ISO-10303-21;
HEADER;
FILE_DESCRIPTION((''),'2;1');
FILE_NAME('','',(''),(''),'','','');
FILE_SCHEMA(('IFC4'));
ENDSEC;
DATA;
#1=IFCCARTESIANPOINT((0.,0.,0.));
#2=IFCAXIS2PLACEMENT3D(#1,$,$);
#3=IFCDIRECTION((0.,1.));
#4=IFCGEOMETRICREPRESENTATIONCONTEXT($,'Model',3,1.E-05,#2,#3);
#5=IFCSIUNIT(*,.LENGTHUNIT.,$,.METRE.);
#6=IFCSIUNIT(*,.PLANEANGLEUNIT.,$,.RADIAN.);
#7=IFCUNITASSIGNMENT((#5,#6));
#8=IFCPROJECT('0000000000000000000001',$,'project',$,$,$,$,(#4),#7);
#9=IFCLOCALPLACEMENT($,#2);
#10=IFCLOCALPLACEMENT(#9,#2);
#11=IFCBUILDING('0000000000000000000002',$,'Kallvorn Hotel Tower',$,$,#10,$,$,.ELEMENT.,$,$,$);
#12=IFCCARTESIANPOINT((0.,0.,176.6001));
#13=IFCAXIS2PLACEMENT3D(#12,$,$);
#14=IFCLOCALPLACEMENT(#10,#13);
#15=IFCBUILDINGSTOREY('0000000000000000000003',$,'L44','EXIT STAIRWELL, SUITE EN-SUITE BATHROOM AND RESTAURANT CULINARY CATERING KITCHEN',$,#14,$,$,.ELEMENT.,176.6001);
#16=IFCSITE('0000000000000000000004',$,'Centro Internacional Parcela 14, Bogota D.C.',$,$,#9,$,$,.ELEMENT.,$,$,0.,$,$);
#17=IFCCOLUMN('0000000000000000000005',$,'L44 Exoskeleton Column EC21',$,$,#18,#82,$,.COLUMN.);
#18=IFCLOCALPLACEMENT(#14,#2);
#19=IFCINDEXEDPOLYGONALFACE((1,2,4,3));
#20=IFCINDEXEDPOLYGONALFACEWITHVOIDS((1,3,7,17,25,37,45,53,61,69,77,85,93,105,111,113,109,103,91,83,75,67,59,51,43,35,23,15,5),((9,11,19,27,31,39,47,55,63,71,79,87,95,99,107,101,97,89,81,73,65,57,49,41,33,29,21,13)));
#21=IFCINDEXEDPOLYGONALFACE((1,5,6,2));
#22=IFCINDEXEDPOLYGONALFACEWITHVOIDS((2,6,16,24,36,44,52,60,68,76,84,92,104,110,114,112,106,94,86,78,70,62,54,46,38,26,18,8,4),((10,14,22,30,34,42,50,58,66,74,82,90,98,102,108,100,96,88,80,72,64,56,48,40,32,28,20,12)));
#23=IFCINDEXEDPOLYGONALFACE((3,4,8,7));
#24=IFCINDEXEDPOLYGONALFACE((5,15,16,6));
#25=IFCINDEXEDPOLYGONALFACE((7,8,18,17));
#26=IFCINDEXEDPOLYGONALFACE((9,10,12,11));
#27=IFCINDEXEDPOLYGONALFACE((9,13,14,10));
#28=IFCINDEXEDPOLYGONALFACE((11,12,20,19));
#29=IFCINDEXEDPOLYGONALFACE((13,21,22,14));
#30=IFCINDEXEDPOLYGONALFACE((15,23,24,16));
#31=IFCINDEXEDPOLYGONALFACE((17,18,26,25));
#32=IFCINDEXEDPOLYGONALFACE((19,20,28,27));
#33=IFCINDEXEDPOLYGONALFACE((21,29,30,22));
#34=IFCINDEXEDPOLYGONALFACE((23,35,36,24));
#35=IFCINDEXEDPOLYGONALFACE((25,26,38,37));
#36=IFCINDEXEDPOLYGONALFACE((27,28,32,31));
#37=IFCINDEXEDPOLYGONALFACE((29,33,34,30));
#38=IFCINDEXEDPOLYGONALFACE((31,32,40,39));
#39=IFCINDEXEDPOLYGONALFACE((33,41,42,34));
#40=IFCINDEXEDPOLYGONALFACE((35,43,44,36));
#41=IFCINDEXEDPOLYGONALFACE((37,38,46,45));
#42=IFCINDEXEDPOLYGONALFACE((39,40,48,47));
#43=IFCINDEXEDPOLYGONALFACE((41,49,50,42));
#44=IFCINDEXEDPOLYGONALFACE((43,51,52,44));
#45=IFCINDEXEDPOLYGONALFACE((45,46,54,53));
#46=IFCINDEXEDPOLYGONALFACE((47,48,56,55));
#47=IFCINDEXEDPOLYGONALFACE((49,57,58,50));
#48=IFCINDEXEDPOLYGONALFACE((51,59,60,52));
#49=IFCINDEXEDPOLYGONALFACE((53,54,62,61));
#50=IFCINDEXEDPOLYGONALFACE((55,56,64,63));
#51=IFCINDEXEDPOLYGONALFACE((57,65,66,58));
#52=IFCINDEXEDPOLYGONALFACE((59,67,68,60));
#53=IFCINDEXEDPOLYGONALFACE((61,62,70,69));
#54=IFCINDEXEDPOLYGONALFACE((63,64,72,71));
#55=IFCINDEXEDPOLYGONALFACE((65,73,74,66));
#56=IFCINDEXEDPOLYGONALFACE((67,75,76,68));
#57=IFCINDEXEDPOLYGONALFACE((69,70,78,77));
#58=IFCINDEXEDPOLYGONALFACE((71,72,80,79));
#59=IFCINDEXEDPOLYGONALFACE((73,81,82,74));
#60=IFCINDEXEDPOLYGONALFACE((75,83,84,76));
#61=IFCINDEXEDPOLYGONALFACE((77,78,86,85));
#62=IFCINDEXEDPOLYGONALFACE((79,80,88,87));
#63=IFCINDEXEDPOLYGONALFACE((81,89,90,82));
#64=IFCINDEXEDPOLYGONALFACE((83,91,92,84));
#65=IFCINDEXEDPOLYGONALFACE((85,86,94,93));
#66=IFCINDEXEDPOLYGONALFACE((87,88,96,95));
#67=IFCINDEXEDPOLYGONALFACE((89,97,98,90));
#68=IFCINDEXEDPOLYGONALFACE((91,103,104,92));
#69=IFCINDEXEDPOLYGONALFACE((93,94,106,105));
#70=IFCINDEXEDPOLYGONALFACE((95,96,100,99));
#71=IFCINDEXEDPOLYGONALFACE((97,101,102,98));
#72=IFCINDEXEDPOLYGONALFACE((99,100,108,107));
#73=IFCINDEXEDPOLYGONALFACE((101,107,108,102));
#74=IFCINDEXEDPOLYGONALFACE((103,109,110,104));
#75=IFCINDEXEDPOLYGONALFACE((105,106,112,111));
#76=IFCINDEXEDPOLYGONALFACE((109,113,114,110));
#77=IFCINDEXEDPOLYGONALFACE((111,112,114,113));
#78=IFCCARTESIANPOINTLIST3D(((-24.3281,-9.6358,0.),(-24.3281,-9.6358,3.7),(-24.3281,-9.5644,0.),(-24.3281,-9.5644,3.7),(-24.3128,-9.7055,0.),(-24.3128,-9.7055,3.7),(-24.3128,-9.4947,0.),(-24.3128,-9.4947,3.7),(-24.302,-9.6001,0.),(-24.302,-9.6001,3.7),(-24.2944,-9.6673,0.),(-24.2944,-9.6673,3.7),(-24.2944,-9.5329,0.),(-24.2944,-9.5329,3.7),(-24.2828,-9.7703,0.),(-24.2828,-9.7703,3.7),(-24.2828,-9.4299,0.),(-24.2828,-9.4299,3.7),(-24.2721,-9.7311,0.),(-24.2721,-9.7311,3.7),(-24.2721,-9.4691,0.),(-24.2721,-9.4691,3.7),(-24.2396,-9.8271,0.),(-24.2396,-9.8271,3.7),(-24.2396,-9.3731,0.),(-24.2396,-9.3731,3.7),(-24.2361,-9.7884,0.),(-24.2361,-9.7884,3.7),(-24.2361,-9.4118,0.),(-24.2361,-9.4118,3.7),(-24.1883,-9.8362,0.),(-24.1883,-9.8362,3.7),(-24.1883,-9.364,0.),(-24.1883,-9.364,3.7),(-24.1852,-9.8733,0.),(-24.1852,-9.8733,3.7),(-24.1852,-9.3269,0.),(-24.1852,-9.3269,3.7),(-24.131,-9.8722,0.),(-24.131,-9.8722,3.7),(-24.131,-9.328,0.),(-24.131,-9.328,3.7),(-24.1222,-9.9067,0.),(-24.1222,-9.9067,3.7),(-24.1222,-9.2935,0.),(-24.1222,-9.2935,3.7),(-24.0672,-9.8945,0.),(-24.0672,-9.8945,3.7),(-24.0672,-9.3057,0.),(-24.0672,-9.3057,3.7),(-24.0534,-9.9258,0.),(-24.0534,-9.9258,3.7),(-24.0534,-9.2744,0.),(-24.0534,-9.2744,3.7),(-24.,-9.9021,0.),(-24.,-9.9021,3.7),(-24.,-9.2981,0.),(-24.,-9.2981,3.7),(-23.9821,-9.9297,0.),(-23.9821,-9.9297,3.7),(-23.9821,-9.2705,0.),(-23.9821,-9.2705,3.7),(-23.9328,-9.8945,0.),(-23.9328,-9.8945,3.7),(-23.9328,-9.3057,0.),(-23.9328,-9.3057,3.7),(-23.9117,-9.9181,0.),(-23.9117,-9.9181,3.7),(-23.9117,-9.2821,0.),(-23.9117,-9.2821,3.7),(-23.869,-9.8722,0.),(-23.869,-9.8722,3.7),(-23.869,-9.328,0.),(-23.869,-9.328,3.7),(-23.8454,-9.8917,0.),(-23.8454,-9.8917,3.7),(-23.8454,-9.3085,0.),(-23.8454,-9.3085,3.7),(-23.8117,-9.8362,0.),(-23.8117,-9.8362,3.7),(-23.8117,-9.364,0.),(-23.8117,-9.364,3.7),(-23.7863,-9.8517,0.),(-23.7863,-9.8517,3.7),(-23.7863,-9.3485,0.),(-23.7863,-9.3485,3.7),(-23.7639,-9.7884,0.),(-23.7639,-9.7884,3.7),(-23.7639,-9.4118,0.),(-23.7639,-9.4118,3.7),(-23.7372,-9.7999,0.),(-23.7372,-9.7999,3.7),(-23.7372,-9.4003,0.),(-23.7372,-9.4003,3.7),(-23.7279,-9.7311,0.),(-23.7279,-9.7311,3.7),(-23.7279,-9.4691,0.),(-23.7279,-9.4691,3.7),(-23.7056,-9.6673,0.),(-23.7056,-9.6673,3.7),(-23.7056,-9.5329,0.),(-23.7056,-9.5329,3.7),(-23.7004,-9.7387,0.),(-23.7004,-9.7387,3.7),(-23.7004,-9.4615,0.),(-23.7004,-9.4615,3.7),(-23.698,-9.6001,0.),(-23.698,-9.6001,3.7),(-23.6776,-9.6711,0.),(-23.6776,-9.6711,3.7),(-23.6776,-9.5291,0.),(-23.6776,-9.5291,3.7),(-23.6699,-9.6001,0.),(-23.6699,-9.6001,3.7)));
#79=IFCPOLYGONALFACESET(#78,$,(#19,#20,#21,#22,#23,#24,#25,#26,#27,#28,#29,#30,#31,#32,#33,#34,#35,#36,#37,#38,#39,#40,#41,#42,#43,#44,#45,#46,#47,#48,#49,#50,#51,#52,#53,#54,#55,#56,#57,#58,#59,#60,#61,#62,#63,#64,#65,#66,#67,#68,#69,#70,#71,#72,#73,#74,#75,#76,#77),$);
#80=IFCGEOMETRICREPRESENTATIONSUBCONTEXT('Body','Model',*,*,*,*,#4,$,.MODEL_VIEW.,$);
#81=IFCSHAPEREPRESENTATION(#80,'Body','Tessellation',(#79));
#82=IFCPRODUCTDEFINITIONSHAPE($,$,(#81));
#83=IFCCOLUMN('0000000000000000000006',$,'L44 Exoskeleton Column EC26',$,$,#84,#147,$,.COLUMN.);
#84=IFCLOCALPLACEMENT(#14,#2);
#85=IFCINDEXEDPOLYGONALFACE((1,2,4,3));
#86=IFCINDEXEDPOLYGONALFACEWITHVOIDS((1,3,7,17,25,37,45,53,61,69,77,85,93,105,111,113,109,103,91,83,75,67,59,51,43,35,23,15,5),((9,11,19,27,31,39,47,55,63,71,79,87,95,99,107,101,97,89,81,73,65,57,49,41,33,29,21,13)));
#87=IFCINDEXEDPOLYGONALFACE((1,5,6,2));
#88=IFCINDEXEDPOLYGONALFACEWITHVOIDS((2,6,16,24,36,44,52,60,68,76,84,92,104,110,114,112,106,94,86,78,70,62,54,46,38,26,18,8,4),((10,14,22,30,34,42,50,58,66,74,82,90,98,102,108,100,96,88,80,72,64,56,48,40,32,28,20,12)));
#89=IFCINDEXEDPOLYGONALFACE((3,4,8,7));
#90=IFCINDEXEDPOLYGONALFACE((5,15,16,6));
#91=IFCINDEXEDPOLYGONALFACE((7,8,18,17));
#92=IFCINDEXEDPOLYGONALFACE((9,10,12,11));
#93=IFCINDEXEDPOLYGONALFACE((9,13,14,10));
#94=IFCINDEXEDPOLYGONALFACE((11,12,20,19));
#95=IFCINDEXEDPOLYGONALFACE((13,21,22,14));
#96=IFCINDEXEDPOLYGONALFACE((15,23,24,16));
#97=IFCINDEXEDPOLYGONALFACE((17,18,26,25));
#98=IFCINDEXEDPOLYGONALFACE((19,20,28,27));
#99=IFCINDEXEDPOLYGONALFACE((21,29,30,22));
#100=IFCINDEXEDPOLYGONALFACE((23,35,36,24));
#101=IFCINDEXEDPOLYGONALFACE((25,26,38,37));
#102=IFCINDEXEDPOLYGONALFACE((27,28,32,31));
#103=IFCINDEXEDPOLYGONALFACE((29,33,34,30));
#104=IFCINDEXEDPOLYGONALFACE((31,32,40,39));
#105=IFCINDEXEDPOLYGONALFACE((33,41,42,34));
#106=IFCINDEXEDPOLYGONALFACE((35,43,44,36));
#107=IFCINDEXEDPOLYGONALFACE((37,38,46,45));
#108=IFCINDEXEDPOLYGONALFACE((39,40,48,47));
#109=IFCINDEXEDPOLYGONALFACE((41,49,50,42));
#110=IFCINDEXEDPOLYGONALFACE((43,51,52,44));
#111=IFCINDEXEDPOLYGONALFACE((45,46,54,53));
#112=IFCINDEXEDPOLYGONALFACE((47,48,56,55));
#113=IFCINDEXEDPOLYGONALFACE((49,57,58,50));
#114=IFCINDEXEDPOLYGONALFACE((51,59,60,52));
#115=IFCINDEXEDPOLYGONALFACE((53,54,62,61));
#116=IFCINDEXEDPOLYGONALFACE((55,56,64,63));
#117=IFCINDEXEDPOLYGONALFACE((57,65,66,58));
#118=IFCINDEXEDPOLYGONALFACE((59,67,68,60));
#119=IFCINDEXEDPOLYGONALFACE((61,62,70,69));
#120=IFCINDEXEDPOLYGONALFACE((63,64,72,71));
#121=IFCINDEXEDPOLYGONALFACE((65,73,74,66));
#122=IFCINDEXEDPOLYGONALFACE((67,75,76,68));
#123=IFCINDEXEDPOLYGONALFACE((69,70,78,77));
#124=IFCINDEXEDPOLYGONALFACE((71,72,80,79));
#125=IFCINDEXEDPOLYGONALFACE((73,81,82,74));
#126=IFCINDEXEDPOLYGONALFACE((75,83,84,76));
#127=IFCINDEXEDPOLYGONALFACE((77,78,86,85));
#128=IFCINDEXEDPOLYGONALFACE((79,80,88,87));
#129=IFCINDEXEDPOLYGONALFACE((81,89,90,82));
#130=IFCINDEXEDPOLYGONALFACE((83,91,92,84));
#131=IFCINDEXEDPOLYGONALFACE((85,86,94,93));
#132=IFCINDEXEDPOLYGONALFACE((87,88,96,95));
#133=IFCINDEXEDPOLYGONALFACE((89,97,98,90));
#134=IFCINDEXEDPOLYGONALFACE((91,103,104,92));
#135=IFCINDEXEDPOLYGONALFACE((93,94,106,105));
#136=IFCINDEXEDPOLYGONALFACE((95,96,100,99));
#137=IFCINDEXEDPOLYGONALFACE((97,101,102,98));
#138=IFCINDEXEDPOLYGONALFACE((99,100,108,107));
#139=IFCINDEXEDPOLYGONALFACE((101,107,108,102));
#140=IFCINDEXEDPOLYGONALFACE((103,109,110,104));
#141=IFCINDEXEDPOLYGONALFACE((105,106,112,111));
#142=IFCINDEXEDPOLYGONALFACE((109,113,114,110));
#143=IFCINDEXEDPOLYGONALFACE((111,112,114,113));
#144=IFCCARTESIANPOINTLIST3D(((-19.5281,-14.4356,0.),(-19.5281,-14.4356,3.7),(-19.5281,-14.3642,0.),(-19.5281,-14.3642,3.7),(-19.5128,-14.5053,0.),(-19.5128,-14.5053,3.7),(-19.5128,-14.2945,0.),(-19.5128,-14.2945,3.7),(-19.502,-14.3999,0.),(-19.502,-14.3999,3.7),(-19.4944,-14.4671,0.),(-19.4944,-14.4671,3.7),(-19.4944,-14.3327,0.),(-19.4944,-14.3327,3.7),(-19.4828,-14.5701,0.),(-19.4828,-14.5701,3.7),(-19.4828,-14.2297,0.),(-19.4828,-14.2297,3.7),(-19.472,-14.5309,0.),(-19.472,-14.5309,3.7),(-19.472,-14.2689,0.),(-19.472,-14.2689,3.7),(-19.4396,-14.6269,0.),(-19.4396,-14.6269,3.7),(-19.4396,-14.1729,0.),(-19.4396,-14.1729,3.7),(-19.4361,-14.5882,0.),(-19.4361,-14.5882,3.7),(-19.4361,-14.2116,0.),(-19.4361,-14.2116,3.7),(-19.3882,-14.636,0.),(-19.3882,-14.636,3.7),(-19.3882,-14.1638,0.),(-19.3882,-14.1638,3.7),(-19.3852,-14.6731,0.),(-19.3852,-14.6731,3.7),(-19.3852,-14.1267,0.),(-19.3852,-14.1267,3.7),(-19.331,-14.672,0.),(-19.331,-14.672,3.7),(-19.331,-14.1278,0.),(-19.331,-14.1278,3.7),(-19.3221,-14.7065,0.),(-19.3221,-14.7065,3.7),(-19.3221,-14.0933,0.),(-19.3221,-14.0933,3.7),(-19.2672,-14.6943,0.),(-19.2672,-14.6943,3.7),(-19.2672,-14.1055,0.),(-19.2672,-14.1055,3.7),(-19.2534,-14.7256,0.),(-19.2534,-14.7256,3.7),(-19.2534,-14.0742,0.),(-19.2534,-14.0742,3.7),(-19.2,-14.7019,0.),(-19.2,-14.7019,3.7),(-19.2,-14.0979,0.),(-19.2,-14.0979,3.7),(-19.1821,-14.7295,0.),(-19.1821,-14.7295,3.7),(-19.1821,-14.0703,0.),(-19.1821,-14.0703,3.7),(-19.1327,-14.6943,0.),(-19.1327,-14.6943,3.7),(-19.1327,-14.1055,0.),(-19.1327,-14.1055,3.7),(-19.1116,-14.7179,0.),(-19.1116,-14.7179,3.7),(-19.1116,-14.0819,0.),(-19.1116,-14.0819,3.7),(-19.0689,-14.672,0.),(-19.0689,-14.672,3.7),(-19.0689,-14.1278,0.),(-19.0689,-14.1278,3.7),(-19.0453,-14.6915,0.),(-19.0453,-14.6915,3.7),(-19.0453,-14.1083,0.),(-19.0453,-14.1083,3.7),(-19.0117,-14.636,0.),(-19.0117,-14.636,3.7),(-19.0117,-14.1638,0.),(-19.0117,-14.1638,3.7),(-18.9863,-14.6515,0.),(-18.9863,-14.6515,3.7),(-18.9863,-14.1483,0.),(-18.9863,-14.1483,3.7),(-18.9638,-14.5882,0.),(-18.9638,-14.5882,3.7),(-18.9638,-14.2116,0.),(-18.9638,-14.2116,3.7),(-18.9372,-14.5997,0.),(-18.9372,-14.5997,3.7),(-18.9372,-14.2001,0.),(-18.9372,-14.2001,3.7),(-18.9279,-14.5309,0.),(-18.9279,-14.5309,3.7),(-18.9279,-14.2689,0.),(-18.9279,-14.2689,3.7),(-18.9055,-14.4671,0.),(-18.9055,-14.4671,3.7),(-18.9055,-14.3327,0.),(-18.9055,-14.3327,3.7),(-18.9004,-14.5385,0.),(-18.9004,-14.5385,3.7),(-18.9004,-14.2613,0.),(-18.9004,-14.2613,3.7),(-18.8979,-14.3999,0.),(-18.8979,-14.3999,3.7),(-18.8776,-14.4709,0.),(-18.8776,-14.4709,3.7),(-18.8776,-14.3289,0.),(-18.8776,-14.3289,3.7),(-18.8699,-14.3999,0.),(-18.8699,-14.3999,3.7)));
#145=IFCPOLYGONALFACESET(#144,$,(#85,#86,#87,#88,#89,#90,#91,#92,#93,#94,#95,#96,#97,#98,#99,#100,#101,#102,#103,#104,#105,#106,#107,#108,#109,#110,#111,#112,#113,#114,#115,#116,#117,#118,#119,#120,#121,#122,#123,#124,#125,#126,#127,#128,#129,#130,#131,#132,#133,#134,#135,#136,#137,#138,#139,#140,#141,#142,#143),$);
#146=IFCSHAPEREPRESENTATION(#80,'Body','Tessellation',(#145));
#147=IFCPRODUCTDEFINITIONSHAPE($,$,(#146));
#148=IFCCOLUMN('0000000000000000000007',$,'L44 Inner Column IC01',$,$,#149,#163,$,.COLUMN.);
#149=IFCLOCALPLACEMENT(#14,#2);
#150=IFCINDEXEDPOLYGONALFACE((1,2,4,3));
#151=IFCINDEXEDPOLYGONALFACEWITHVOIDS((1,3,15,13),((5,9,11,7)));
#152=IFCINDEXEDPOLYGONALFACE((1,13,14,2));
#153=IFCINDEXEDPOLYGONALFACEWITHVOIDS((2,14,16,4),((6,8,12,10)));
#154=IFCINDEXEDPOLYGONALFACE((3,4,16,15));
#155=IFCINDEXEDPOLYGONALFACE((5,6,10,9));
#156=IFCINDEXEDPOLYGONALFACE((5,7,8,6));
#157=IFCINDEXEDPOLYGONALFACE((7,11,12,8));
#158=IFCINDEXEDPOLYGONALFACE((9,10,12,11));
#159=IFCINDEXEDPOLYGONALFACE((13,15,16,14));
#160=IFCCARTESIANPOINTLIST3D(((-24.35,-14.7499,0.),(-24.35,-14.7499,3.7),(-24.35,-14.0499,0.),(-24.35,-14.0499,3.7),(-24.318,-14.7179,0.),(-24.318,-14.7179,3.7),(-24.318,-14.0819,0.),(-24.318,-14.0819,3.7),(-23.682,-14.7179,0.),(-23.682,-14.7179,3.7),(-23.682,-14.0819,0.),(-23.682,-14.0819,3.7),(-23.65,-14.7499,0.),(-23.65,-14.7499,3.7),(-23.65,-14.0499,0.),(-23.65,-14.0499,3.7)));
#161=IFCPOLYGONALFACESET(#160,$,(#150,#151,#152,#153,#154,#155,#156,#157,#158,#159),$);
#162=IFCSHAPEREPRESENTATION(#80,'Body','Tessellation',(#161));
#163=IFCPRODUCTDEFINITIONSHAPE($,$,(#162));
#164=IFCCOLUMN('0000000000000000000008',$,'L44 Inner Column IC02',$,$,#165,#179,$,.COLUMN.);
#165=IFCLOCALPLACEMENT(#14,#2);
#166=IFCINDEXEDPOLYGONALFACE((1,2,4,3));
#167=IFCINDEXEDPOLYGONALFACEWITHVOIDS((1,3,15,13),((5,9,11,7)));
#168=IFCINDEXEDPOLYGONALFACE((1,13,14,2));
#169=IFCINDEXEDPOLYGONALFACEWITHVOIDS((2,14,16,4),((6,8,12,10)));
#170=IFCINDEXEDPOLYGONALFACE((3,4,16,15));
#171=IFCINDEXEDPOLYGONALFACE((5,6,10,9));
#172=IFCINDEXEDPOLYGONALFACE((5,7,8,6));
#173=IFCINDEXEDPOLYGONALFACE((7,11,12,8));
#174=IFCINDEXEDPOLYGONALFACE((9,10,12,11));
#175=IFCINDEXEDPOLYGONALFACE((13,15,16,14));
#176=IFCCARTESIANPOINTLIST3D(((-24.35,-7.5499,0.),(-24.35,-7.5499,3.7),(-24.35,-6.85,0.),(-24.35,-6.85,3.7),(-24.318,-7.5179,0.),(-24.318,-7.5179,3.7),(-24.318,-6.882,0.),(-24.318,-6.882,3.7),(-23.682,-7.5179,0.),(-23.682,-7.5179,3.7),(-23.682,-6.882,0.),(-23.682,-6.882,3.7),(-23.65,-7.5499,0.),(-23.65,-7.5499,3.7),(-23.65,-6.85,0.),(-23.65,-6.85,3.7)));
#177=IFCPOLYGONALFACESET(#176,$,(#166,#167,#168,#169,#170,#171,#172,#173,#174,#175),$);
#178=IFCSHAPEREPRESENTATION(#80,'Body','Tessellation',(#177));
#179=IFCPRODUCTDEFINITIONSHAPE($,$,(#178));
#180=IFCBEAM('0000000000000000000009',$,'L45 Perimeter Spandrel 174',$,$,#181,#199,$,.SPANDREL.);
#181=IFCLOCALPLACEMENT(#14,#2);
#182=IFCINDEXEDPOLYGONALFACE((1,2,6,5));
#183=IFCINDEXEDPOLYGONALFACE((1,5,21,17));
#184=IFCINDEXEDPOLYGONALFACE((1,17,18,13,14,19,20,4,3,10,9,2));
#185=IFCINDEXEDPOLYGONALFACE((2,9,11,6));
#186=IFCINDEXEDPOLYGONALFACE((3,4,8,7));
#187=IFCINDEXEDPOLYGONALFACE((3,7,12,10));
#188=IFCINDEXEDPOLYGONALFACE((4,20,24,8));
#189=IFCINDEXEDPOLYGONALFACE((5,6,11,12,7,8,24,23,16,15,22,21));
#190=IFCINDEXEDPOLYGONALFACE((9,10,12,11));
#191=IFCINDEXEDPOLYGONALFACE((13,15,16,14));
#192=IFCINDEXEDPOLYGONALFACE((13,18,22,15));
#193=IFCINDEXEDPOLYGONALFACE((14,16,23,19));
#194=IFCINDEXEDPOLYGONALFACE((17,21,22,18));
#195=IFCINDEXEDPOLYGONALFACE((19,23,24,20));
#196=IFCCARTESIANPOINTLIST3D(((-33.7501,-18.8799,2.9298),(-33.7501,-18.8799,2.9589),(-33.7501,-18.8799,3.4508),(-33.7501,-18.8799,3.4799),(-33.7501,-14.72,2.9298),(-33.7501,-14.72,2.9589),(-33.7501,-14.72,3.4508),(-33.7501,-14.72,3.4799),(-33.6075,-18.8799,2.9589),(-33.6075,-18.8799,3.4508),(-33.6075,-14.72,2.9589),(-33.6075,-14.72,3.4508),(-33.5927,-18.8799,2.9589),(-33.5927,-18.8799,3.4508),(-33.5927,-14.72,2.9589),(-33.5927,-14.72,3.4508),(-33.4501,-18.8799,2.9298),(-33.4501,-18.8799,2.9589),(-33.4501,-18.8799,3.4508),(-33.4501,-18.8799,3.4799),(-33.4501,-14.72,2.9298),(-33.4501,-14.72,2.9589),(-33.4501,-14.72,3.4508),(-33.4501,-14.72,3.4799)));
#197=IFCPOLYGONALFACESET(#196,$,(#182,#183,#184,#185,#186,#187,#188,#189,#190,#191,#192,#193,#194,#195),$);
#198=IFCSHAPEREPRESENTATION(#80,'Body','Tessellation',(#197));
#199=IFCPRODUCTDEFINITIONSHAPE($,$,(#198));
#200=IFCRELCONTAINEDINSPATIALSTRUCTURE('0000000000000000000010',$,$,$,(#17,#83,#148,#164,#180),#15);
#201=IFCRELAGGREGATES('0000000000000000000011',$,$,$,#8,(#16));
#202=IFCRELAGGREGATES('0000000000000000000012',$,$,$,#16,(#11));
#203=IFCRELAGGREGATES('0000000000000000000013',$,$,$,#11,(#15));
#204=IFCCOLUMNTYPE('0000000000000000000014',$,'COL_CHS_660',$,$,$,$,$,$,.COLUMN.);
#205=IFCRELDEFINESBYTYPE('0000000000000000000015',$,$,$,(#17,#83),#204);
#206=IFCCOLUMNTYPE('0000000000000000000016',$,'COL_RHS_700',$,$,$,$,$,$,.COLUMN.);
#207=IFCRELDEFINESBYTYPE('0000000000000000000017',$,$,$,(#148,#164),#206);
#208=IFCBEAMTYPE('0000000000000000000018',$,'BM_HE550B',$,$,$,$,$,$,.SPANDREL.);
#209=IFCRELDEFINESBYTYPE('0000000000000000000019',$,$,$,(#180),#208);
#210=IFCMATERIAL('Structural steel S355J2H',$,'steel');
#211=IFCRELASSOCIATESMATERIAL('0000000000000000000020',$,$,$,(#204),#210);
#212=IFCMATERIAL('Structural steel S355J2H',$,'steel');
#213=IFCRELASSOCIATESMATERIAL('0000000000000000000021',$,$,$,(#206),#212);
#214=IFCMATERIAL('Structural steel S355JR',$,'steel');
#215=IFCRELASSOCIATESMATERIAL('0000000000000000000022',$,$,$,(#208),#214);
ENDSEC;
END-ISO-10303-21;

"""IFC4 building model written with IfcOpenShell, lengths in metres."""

from ifc_helpers import new_model, si_unit, direction, frame, origin, origin_2d, place, context, subcontext, project, spatial, hollow_rectangle, hollow_circle, i_section, extrude, material, material_profile, profile_set, type_object, element, save


model = new_model("IFC4")

# Units and contexts
model_context = context("Model", 3, precision=1e-05, world=origin(), true_north=direction((0.0, 1.0)))
body_context = subcontext(model_context, "Body", "Model", "MODEL_VIEW")
ifc_project = project(units=[si_unit("LENGTHUNIT", "METRE"), si_unit("PLANEANGLEUNIT", "RADIAN")], contexts=[model_context])

# Site, building, storey
site_placement = place(None, origin())
site = spatial("IfcSite", under=ifc_project, at=site_placement, Name="Centro Internacional Parcela 14, Bogota D.C.", CompositionType="ELEMENT", RefElevation=0.0)
building_placement = place(site_placement, origin())
building = spatial("IfcBuilding", under=site, at=building_placement, Name="Kallvorn Hotel Tower", CompositionType="ELEMENT")
storey_placement = place(building_placement, frame((0.0, 0.0, 176.6001)))
storey = spatial("IfcBuildingStorey", under=building, at=storey_placement, Name="L44", Description="EXIT STAIRWELL, SUITE EN-SUITE BATHROOM AND RESTAURANT CULINARY CATERING KITCHEN", CompositionType="ELEMENT", Elevation=176.6001)

# Columns
ifc_material_1 = material(Name="Structural steel S355J2H", Category="steel")
ifc_material_profile_1 = material_profile(ifc_material_1, hollow_circle(Radius=0.3301, WallThickness=0.0281, at=origin_2d()), Name="CHS 660x28")
ifc_profile_set_1 = profile_set([ifc_material_profile_1], Name="Structural steel S355J2H")
column_type_1 = type_object("IfcColumnType", Name="COL_CHS_660", PredefinedType="COLUMN", material=ifc_profile_set_1)
for number, where, z_axis, x_axis, name in (
    (1, (-24.0, -9.6001, 0.0), (0.0, 0.0, 1.0), (1.0, 0.0, 0.0), "L44 Exoskeleton Column EC21"),
    (2, (-19.2, -14.3999, 0.0), (0.0, 0.0, 1.0), (1.0, 0.0, 0.0), "L44 Exoskeleton Column EC26"),
):
    element("IfcColumn", number, at=place(storey_placement, frame(where, z_axis=z_axis, x_axis=x_axis)), inside=storey, type_object=column_type_1, Name=name, PredefinedType="COLUMN", context=body_context, shape_type="SweptSolid", body=[
        extrude(hollow_circle(Radius=0.3301, WallThickness=0.0281, at=origin_2d()), origin(), (0.0, 0.0, 1.0), 3.7),
    ])
ifc_material_2 = material(Name="Structural steel S355J2H", Category="steel")
ifc_material_profile_2 = material_profile(ifc_material_2, hollow_rectangle(XDim=0.7, YDim=0.7, WallThickness=0.032, at=origin_2d()), Name="RHS 700x700x32")
ifc_profile_set_2 = profile_set([ifc_material_profile_2], Name="Structural steel S355J2H")
column_type_2 = type_object("IfcColumnType", Name="COL_RHS_700", PredefinedType="COLUMN", material=ifc_profile_set_2)
for number, where, z_axis, x_axis, name in (
    (3, (-24.0, -14.3999, 0.0), (0.0, 0.0, 1.0), (1.0, 0.0, 0.0), "L44 Inner Column IC01"),
    (4, (-24.0, -7.2, 0.0), (0.0, 0.0, 1.0), (1.0, 0.0, 0.0), "L44 Inner Column IC02"),
):
    element("IfcColumn", number, at=place(storey_placement, frame(where, z_axis=z_axis, x_axis=x_axis)), inside=storey, type_object=column_type_2, Name=name, PredefinedType="COLUMN", context=body_context, shape_type="SweptSolid", body=[
        extrude(hollow_rectangle(XDim=0.7, YDim=0.7, WallThickness=0.032, at=origin_2d()), origin(), (0.0, 0.0, 1.0), 3.7),
    ])

# Beam
ifc_material_3 = material(Name="Structural steel S355JR", Category="steel")
ifc_material_profile_3 = material_profile(ifc_material_3, i_section(OverallWidth=0.3, OverallDepth=0.55, WebThickness=0.0149, FlangeThickness=0.0291, at=origin_2d()), Name="HE 550 B")
ifc_profile_set_3 = profile_set([ifc_material_profile_3], Name="Structural steel S355JR")
beam_type_1 = type_object("IfcBeamType", Name="BM_HE550B", PredefinedType="SPANDREL", material=ifc_profile_set_3)
beam_1_placement = place(storey_placement, frame((-33.6001, -18.8799, 3.2048), z_axis=(0.0, 1.0, 0.0), x_axis=(-1.0, 0.0, 0.0)))
element("IfcBeam", 5, at=beam_1_placement, inside=storey, type_object=beam_type_1, Name="L45 Perimeter Spandrel 174", PredefinedType="SPANDREL", context=body_context, shape_type="SweptSolid", body=[
    extrude(i_section(OverallWidth=0.3, OverallDepth=0.55, WebThickness=0.0149, FlangeThickness=0.0291, at=origin_2d()), origin(), (0.0, 0.0, 1.0), 4.1599),
])

save(model, "model.ifc")
